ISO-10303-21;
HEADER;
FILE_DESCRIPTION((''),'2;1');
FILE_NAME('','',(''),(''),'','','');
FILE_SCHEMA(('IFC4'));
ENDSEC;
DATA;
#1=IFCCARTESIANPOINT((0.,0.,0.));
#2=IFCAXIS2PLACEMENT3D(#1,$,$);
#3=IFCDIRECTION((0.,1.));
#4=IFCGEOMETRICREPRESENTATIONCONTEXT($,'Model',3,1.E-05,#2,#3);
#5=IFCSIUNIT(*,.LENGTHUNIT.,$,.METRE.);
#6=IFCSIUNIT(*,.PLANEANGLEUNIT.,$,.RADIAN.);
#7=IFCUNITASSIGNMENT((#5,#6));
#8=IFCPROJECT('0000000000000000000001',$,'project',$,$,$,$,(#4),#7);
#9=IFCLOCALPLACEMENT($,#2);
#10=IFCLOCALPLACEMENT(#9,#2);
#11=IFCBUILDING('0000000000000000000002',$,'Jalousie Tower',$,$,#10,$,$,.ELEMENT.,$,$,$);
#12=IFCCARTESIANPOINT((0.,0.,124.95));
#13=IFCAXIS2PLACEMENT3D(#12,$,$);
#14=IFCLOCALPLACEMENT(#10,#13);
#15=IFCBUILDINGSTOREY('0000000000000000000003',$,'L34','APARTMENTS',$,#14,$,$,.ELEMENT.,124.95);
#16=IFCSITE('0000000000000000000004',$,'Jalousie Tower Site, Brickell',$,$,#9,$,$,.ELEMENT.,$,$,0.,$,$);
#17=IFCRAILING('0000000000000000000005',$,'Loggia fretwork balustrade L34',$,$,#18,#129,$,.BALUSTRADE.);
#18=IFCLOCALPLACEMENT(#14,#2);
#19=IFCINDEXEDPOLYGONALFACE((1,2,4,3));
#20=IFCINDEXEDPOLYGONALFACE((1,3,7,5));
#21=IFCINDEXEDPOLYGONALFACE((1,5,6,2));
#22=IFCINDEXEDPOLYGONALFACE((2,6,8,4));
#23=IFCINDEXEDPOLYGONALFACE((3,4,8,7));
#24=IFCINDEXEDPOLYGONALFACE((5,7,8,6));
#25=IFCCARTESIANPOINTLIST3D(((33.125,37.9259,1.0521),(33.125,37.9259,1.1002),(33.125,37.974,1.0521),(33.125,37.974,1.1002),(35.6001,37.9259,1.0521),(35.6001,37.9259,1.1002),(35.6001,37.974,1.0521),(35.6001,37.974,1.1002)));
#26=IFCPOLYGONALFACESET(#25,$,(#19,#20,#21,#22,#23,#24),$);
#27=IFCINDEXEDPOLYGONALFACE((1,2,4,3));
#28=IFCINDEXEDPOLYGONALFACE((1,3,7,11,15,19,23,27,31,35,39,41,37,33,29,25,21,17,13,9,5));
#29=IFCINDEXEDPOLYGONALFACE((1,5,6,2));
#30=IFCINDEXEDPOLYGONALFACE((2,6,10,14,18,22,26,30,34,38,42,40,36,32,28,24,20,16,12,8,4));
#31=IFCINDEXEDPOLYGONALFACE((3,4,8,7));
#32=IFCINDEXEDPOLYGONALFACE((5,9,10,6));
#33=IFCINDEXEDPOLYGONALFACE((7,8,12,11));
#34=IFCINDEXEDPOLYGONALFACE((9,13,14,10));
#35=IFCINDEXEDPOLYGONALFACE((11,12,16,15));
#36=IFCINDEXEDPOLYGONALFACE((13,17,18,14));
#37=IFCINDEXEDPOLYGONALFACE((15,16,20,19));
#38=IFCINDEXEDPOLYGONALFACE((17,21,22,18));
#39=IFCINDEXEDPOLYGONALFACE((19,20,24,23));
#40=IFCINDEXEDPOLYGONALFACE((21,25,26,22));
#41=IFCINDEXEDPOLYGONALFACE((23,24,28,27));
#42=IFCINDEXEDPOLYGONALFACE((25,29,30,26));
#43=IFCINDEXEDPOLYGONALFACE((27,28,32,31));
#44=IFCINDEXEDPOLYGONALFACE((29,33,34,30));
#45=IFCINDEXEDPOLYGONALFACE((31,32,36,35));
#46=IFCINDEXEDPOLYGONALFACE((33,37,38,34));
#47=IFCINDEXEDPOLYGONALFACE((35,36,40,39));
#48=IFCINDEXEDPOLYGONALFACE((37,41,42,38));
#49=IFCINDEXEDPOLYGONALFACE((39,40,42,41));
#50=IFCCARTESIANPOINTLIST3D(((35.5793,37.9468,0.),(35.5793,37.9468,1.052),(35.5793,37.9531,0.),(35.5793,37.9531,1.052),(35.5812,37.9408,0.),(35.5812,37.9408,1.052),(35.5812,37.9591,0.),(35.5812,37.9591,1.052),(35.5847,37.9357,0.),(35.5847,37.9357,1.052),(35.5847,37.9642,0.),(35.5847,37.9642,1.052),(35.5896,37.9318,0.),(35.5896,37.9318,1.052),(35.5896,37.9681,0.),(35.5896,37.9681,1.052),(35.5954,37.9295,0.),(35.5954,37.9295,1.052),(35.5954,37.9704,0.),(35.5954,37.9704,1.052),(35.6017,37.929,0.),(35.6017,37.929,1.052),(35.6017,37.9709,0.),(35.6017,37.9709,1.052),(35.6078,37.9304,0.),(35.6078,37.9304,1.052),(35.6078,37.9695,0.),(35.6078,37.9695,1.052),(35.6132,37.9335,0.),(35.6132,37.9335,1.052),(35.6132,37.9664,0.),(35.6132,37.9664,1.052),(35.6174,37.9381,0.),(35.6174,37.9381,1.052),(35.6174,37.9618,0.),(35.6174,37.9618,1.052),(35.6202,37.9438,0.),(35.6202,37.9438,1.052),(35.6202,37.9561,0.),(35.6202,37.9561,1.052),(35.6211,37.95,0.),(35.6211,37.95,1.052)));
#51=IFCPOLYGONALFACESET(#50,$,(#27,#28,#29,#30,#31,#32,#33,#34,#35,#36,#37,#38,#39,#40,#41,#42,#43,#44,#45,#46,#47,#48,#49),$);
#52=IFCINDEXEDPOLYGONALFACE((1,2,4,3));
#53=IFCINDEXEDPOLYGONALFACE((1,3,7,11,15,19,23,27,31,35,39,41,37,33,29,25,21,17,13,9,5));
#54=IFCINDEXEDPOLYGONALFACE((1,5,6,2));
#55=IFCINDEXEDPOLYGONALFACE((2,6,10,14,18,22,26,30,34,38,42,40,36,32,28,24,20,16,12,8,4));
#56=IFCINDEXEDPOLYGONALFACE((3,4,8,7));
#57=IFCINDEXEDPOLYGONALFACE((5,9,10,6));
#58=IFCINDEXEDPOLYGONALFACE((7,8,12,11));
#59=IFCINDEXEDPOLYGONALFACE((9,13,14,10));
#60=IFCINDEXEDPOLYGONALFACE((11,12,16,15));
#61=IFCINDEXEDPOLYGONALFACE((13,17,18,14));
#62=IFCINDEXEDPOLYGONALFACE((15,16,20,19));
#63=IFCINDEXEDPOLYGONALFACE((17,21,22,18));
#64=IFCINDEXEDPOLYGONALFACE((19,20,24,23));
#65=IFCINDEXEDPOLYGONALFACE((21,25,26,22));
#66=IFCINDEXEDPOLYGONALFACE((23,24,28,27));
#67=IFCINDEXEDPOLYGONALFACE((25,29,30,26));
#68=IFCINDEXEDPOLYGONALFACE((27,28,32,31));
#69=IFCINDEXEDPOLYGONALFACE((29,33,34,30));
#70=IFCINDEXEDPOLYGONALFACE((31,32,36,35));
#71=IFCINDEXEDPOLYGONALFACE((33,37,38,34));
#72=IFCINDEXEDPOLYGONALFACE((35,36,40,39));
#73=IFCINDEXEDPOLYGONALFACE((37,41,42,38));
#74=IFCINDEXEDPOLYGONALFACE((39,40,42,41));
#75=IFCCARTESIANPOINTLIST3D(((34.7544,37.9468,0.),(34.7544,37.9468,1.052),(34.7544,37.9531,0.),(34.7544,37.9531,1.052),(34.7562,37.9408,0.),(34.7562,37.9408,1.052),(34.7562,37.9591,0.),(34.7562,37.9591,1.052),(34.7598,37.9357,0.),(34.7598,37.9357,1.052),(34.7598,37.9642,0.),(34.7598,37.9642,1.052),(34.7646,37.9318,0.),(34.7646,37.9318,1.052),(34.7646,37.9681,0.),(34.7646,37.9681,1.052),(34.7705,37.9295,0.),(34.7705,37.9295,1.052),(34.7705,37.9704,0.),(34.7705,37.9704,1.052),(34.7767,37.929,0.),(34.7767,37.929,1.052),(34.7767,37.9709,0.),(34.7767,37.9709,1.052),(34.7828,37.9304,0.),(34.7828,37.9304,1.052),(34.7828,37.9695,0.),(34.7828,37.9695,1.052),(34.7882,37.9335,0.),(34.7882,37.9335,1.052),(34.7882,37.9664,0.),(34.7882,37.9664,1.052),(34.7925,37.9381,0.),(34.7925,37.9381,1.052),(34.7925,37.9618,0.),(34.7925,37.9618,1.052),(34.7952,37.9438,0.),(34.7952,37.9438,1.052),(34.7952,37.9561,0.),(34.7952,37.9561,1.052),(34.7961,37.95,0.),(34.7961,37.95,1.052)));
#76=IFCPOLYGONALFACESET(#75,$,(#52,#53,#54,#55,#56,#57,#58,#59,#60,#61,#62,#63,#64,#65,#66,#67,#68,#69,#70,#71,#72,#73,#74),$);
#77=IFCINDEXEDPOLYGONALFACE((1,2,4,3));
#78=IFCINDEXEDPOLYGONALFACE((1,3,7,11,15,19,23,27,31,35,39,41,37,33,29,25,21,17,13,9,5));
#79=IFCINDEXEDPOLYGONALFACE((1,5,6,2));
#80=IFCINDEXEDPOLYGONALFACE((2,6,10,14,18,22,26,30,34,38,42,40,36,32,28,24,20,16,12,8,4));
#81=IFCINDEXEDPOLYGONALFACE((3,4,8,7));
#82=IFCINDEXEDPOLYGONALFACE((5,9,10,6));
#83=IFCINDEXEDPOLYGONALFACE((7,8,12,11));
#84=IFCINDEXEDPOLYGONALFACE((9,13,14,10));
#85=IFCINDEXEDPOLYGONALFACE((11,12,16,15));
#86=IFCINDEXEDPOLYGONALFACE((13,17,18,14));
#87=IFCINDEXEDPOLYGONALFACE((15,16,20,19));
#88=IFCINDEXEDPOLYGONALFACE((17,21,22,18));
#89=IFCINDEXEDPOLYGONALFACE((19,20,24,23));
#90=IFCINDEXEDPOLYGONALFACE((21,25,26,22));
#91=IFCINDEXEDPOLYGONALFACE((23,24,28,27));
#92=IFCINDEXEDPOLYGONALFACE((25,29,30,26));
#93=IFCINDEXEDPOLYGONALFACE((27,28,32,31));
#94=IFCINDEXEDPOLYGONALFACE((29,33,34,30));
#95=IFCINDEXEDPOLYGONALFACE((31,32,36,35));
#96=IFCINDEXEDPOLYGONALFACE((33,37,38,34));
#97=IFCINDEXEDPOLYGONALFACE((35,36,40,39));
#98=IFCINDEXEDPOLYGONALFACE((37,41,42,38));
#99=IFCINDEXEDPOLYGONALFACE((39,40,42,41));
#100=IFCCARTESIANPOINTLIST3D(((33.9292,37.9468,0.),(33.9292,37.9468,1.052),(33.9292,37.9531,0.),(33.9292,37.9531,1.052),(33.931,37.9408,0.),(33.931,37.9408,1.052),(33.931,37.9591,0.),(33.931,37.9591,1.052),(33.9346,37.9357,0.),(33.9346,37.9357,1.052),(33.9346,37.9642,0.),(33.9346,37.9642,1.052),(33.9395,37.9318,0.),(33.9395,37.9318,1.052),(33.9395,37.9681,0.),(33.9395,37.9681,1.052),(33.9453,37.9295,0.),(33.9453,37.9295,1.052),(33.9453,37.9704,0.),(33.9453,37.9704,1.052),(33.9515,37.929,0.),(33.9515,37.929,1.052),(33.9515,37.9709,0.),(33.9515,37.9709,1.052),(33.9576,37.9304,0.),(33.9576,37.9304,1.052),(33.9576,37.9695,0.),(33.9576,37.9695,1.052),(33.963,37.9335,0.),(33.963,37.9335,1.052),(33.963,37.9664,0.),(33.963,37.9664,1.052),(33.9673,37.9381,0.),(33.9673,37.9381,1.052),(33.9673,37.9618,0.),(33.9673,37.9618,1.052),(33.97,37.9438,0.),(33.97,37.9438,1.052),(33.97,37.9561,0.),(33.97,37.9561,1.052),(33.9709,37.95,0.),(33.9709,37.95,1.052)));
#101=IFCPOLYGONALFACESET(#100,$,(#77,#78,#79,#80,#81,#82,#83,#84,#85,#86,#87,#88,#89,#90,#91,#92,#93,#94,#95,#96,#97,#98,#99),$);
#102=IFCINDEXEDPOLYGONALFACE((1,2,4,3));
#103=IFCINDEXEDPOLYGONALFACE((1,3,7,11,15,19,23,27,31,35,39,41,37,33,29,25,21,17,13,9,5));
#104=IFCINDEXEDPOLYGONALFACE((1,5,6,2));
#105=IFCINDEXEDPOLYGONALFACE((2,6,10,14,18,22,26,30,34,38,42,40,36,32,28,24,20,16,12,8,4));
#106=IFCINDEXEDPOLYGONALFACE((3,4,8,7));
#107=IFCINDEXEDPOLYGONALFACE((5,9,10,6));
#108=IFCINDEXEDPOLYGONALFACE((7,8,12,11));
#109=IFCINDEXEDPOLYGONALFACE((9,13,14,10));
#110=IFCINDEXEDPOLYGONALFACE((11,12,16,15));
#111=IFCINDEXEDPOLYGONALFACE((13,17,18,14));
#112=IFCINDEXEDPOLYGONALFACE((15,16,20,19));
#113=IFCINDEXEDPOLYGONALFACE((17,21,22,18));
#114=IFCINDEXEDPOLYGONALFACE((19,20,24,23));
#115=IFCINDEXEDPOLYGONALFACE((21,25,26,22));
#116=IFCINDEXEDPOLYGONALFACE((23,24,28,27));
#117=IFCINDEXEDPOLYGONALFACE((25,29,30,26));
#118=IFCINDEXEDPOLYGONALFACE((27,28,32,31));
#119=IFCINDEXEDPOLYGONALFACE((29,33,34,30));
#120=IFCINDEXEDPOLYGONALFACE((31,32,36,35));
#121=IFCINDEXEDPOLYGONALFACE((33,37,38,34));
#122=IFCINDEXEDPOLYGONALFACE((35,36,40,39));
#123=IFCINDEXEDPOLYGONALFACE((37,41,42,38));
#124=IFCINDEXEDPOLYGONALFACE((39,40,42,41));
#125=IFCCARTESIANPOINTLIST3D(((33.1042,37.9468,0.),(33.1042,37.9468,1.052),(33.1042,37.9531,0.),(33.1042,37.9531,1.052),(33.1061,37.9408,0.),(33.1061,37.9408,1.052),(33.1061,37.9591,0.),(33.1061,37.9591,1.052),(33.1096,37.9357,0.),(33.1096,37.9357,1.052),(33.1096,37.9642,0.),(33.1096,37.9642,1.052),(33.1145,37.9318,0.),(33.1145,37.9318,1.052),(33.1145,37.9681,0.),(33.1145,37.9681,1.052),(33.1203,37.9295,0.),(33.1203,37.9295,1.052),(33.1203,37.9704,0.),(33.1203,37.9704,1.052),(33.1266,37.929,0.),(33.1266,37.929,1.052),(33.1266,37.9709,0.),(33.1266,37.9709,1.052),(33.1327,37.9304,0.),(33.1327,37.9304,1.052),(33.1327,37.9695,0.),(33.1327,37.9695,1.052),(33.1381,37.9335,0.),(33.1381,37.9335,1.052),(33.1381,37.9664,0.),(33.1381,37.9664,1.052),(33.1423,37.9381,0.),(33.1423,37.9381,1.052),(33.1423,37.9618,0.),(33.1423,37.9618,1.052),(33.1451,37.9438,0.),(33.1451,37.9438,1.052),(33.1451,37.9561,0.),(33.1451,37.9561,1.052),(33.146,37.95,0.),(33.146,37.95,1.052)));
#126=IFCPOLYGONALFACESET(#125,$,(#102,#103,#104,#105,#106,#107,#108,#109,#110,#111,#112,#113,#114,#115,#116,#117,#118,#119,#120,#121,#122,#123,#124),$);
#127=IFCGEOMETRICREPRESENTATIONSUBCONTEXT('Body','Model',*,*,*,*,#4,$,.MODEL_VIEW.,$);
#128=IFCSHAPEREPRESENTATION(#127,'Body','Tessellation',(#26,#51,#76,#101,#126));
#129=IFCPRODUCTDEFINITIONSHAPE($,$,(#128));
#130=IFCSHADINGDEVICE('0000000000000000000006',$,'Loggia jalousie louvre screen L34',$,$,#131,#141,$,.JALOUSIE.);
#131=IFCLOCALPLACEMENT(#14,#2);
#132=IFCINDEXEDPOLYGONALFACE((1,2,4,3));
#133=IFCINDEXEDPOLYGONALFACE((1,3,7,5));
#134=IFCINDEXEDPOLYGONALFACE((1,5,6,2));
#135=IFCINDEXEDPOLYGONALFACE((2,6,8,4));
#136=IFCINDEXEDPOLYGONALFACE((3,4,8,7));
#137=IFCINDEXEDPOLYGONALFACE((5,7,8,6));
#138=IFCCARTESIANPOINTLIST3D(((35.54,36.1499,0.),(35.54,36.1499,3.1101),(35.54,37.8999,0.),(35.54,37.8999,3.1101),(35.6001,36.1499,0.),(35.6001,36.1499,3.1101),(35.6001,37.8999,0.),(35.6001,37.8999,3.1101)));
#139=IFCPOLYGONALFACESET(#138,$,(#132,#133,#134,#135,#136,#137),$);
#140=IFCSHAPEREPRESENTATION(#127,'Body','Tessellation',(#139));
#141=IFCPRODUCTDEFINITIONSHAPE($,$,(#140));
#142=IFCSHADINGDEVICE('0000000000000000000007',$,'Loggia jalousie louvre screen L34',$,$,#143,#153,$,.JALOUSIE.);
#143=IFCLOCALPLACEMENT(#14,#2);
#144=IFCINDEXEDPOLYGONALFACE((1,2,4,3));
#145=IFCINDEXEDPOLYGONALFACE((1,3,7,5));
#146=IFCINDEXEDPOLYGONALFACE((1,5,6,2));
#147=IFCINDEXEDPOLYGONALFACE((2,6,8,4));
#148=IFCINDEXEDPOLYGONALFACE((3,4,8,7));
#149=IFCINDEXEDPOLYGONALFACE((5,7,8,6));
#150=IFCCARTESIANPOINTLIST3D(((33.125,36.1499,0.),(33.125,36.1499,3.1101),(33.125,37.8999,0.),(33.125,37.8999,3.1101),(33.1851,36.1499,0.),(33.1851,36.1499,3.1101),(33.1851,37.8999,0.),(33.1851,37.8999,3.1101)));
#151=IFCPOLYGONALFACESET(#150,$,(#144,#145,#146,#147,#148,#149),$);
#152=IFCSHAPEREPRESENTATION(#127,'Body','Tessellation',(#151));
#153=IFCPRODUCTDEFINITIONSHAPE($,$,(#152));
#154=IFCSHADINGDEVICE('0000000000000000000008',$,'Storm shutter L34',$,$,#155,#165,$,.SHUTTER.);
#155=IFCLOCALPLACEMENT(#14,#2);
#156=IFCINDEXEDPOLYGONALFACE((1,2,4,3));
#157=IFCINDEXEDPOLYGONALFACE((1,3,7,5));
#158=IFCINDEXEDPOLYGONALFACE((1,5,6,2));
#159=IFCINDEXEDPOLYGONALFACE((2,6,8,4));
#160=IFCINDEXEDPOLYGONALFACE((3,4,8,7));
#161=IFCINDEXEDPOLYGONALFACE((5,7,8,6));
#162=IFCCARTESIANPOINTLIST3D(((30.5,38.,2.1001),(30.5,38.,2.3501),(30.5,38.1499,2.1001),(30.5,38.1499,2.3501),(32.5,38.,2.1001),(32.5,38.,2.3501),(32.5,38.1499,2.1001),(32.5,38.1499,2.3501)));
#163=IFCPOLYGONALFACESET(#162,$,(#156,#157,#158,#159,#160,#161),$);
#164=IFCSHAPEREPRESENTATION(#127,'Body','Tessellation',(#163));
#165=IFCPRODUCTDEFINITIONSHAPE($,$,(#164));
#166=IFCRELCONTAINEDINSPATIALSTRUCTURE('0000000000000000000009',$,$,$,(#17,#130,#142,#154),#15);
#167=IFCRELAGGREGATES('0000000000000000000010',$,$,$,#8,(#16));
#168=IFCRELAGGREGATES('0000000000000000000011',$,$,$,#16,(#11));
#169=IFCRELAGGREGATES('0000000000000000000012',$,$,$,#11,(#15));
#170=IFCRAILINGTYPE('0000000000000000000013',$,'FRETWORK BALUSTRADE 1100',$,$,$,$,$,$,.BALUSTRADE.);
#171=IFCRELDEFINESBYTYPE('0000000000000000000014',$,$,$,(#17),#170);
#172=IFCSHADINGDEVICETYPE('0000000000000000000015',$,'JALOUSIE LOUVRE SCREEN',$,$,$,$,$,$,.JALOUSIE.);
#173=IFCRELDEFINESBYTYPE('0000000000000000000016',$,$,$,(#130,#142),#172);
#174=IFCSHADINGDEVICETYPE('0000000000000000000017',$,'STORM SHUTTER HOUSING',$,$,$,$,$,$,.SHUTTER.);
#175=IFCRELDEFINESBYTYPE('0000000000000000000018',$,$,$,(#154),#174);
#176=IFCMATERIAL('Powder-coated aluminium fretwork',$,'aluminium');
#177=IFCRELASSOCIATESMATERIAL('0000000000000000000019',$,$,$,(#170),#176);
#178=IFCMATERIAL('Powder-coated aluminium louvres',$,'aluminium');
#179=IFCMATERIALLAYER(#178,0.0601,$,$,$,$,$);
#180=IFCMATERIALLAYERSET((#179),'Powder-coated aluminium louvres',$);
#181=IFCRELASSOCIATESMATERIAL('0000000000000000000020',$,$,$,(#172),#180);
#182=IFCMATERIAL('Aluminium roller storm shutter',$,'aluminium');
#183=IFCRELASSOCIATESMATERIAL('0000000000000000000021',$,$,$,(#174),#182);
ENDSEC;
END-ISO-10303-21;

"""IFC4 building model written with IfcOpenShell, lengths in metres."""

from ifc_helpers import new_model, si_unit, direction, frame, origin, origin_2d, place, context, subcontext, project, spatial, rectangle, circle, extrude, material, layer, layer_set, type_object, element, save


model = new_model("IFC4")

# Units and contexts
model_context = context("Model", 3, precision=1e-05, world=origin(), true_north=direction((0.0, 1.0)))
body_context = subcontext(model_context, "Body", "Model", "MODEL_VIEW")
ifc_project = project(units=[si_unit("LENGTHUNIT", "METRE"), si_unit("PLANEANGLEUNIT", "RADIAN")], contexts=[model_context])

# Site, building, storey
site_placement = place(None, origin())
site = spatial("IfcSite", under=ifc_project, at=site_placement, Name="Jalousie Tower Site, Brickell", CompositionType="ELEMENT", RefElevation=0.0)
building_placement = place(site_placement, origin())
building = spatial("IfcBuilding", under=site, at=building_placement, Name="Jalousie Tower", CompositionType="ELEMENT")
storey_placement = place(building_placement, frame((0.0, 0.0, 124.95)))
storey = spatial("IfcBuildingStorey", under=building, at=storey_placement, Name="L34", Description="APARTMENTS", CompositionType="ELEMENT", Elevation=124.95)

# Railing
ifc_material_1 = material(Name="Powder-coated aluminium fretwork", Category="aluminium")
railing_type = type_object("IfcRailingType", Name="FRETWORK BALUSTRADE 1100", PredefinedType="BALUSTRADE", material=ifc_material_1)
railing_placement = place(storey_placement, frame((35.6001, 37.95, 0.0)))
element("IfcRailing", 1, at=railing_placement, inside=storey, type_object=railing_type, Name="Loggia fretwork balustrade L34", PredefinedType="BALUSTRADE", context=body_context, shape_type="SweptSolid", body=[
    extrude(rectangle(XDim=0.0481, YDim=0.0481, at=origin_2d()), frame((0.0, 0.0, 1.0762), z_axis=(-1.0, 0.0, 0.0), x_axis=(0.0, -1.0, 0.0)), (0.0, 0.0, 1.0), 2.4751),
    extrude(circle(Radius=0.021, at=origin_2d()), origin(), (0.0, 0.0, 1.0), 1.052),
    extrude(circle(Radius=0.021, at=origin_2d()), frame((-0.825, 0.0, 0.0)), (0.0, 0.0, 1.0), 1.052),
    extrude(circle(Radius=0.021, at=origin_2d()), frame((-1.6501, 0.0, 0.0)), (0.0, 0.0, 1.0), 1.052),
    extrude(circle(Radius=0.021, at=origin_2d()), frame((-2.4751, 0.0, 0.0)), (0.0, 0.0, 1.0), 1.052),
])

# Shading devices
ifc_material_2 = material(Name="Powder-coated aluminium louvres", Category="aluminium")
ifc_layer_1 = layer(ifc_material_2, 0.0601)
ifc_layer_set_1 = layer_set([ifc_layer_1], Name="Powder-coated aluminium louvres")
shading_device_type_1 = type_object("IfcShadingDeviceType", Name="JALOUSIE LOUVRE SCREEN", PredefinedType="JALOUSIE", material=ifc_layer_set_1)
for number, where, z_axis, x_axis, name in (
    (2, (35.5701, 37.0249, 0.0), (0.0, 0.0, 1.0), (-1.0, 0.0, 0.0), "Loggia jalousie louvre screen L34"),
    (3, (33.155, 37.0249, 0.0), (0.0, 0.0, 1.0), (-1.0, 0.0, 0.0), "Loggia jalousie louvre screen L34"),
):
    element("IfcShadingDevice", number, at=place(storey_placement, frame(where, z_axis=z_axis, x_axis=x_axis)), inside=storey, type_object=shading_device_type_1, Name=name, PredefinedType="JALOUSIE", context=body_context, shape_type="SweptSolid", body=[
        extrude(rectangle(XDim=0.0601, YDim=1.75, at=origin_2d()), origin(), (0.0, 0.0, 1.0), 3.1101),
    ])
ifc_material_3 = material(Name="Aluminium roller storm shutter", Category="aluminium")
shading_device_type_2 = type_object("IfcShadingDeviceType", Name="STORM SHUTTER HOUSING", PredefinedType="SHUTTER", material=ifc_material_3)
shading_device_placement = place(storey_placement, frame((31.5, 38.075, 2.1001), z_axis=(0.0, 0.0, 1.0), x_axis=(-1.0, 0.0, 0.0)))
element("IfcShadingDevice", 4, at=shading_device_placement, inside=storey, type_object=shading_device_type_2, Name="Storm shutter L34", PredefinedType="SHUTTER", context=body_context, shape_type="SweptSolid", body=[
    extrude(rectangle(XDim=2.0, YDim=0.1499, at=origin_2d()), origin(), (0.0, 0.0, 1.0), 0.25),
])

save(model, "model.ifc")
